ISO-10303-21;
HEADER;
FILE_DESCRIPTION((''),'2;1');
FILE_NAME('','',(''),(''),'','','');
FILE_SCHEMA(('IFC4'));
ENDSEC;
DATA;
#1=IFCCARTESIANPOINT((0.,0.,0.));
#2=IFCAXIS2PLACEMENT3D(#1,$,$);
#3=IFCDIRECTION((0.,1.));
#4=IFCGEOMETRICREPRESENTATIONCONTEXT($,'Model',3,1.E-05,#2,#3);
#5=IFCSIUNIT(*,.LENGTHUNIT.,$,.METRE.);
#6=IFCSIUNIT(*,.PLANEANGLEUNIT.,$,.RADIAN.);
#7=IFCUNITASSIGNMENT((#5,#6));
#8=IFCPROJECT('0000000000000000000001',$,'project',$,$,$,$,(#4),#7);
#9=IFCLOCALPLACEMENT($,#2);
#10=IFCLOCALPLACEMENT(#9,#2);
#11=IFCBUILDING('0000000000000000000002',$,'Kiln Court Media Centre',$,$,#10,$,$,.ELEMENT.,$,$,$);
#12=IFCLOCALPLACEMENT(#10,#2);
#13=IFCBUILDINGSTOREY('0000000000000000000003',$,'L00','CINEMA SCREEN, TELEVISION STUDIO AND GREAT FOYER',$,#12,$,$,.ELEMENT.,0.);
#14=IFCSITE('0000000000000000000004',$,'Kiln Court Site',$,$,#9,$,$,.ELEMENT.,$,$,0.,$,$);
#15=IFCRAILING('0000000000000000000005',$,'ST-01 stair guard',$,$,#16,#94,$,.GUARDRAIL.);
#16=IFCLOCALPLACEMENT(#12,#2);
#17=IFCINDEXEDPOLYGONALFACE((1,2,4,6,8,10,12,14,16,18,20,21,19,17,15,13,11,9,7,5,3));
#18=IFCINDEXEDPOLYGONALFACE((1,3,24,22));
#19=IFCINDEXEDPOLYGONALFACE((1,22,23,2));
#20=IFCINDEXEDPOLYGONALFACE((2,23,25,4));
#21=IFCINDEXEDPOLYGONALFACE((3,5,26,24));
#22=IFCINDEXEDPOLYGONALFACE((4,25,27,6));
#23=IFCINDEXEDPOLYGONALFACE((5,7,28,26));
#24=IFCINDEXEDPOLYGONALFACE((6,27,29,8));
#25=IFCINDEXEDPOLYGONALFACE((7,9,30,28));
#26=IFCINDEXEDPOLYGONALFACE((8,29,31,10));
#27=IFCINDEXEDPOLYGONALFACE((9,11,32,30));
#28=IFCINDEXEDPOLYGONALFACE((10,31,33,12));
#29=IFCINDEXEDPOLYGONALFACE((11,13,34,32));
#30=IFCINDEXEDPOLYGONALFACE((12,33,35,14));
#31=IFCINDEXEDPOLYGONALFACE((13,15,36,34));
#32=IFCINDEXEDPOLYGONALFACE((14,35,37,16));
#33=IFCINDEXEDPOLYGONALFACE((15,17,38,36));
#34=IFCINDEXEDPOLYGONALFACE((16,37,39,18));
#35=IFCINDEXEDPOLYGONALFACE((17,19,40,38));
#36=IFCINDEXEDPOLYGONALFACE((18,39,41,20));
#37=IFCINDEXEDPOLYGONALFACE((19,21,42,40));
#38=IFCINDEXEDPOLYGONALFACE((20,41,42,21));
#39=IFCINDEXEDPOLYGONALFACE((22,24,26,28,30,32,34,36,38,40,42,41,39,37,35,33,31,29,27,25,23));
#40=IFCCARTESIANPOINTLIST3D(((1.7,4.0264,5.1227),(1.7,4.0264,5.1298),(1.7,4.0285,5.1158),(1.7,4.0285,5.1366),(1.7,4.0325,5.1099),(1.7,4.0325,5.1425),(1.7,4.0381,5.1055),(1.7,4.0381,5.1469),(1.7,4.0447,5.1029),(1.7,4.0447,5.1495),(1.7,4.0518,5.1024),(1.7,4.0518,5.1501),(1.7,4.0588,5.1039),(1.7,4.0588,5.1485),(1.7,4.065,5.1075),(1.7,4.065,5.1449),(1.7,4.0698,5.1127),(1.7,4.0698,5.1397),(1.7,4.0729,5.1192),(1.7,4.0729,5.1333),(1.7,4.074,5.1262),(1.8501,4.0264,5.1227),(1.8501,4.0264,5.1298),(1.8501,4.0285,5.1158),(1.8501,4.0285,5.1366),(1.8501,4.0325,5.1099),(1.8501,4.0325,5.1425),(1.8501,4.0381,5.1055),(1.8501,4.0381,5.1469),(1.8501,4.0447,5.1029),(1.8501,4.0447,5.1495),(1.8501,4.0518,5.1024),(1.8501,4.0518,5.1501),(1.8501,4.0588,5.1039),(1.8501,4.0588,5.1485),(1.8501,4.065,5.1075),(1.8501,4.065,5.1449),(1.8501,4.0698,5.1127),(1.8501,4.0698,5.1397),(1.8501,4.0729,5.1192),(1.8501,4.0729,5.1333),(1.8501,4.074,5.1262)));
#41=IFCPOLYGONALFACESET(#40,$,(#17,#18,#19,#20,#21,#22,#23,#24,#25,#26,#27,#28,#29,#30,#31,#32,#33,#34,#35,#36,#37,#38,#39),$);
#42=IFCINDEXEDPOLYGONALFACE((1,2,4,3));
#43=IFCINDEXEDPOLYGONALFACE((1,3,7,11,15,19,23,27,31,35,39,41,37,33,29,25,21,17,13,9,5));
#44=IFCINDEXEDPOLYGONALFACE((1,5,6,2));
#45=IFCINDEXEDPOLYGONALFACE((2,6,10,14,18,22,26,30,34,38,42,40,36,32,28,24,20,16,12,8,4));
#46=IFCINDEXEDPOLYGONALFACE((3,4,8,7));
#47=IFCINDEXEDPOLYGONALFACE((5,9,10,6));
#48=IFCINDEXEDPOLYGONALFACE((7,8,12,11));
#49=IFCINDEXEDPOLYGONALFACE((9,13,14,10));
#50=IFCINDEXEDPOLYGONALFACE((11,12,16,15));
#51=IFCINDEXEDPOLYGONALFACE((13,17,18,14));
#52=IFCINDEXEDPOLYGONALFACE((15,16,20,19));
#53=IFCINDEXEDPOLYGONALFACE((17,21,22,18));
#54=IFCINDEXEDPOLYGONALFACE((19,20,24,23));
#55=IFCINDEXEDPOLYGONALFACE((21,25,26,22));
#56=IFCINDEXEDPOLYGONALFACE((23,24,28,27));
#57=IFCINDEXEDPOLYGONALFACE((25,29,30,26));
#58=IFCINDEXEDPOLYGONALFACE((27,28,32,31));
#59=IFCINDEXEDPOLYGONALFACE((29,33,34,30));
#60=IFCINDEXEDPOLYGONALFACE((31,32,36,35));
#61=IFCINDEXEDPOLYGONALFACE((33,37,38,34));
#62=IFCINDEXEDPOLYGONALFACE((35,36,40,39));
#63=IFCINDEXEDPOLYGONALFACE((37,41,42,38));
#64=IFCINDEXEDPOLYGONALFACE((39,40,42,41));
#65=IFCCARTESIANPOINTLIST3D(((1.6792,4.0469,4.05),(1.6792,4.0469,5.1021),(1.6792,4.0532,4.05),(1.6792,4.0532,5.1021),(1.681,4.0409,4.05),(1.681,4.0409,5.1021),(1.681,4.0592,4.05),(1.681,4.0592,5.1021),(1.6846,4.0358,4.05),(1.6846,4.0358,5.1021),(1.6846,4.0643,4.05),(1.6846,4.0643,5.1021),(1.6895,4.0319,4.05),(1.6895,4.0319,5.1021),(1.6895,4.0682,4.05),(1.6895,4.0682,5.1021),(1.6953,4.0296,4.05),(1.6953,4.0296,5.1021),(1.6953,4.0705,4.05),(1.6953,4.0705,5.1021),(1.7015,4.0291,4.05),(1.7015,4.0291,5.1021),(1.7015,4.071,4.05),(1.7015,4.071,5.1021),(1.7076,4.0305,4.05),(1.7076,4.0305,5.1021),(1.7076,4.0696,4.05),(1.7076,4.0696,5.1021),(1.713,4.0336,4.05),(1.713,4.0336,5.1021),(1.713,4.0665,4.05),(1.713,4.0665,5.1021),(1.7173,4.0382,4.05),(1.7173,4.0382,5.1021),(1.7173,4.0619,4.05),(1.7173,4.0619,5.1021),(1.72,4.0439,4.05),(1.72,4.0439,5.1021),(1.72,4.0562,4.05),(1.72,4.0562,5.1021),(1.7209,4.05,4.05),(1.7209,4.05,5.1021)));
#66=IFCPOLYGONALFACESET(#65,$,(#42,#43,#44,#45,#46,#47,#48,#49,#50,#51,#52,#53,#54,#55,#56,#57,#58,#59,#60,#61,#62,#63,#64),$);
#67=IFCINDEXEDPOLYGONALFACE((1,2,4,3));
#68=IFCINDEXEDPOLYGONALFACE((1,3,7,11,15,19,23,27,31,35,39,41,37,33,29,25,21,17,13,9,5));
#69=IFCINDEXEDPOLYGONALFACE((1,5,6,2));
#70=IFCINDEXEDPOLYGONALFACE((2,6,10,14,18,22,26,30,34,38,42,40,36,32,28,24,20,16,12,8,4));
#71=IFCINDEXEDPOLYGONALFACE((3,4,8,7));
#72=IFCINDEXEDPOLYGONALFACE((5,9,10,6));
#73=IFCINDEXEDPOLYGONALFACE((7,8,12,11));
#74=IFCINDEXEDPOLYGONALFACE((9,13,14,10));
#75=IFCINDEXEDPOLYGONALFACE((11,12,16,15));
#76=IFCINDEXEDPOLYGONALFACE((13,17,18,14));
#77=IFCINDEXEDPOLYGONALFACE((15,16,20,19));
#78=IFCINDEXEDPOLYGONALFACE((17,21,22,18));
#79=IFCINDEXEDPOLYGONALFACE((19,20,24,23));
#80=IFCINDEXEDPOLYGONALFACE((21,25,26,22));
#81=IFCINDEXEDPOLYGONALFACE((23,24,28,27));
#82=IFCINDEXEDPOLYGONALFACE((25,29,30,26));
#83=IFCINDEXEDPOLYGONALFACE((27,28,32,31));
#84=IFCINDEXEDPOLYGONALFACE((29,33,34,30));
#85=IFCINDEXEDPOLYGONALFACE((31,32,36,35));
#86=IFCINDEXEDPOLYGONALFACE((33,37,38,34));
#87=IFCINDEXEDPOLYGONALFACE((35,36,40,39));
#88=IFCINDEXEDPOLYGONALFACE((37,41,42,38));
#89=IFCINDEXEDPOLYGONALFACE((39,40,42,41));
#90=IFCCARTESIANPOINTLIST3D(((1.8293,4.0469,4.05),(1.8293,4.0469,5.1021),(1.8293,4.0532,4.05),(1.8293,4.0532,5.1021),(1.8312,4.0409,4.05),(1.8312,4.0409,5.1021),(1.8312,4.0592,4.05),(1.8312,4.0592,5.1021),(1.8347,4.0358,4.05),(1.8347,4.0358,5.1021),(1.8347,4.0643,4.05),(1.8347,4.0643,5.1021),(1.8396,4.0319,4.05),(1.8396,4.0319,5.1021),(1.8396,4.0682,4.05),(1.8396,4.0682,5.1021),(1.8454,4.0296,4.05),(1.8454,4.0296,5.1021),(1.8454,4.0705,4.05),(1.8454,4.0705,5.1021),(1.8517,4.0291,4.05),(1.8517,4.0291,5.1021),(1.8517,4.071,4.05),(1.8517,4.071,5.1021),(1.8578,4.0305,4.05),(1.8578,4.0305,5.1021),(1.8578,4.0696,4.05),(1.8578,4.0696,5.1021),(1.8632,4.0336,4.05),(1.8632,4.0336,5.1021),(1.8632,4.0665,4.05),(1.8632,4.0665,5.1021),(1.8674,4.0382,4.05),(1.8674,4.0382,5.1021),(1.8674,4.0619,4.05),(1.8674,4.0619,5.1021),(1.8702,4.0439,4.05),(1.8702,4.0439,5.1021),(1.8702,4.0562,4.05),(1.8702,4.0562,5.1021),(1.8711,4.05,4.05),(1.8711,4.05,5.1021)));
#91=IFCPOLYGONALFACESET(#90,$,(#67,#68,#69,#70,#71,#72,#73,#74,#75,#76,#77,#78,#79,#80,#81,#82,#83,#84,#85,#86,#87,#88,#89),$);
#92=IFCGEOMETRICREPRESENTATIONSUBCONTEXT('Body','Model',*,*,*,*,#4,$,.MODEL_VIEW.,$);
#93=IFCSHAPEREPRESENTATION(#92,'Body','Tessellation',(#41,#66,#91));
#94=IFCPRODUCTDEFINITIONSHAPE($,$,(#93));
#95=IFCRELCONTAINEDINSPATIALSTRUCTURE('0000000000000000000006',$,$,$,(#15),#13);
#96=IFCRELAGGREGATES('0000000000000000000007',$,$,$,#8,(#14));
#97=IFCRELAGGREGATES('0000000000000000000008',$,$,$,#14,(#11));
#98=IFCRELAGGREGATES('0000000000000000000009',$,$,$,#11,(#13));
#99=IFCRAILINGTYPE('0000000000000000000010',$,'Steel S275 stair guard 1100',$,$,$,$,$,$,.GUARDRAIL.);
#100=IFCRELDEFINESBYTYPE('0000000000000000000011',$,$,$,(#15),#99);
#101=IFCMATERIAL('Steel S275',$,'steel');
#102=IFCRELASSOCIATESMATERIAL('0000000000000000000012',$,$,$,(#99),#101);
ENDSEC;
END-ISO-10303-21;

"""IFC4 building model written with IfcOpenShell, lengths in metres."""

from ifc_helpers import new_model, si_unit, direction, frame, origin, origin_2d, place, context, subcontext, project, spatial, circle, extrude, material, type_object, element, save


model = new_model("IFC4")

# Units and contexts
model_context = context("Model", 3, precision=1e-05, world=origin(), true_north=direction((0.0, 1.0)))
body_context = subcontext(model_context, "Body", "Model", "MODEL_VIEW")
ifc_project = project(units=[si_unit("LENGTHUNIT", "METRE"), si_unit("PLANEANGLEUNIT", "RADIAN")], contexts=[model_context])

# Site, building, storey
site_placement = place(None, origin())
site = spatial("IfcSite", under=ifc_project, at=site_placement, Name="Kiln Court Site", CompositionType="ELEMENT", RefElevation=0.0)
building_placement = place(site_placement, origin())
building = spatial("IfcBuilding", under=site, at=building_placement, Name="Kiln Court Media Centre", CompositionType="ELEMENT")
storey_placement = place(building_placement, origin())
storey = spatial("IfcBuildingStorey", under=building, at=storey_placement, Name="L00", Description="CINEMA SCREEN, TELEVISION STUDIO AND GREAT FOYER", CompositionType="ELEMENT", Elevation=0.0)

# Railing
ifc_material_1 = material(Name="Steel S275", Category="steel")
railing_type_1 = type_object("IfcRailingType", Name="Steel S275 stair guard 1100", PredefinedType="GUARDRAIL", material=ifc_material_1)
railing_1_placement = place(storey_placement, frame((1.7, 4.05, 4.05)))
element("IfcRailing", 1, at=railing_1_placement, inside=storey, type_object=railing_type_1, Name="ST-01 stair guard", PredefinedType="GUARDRAIL", context=body_context, shape_type="SweptSolid", body=[
    extrude(circle(Radius=0.0239, at=origin_2d()), frame((0.0, 0.0, 1.0762), z_axis=(1.0, 0.0, 0.0), x_axis=(0.0, 1.0, 0.0)), (0.0, 0.0, 1.0), 0.1501),
    extrude(circle(Radius=0.021, at=origin_2d()), origin(), (0.0, 0.0, 1.0), 1.052),
    extrude(circle(Radius=0.021, at=origin_2d()), frame((0.1501, 0.0, 0.0)), (0.0, 0.0, 1.0), 1.052),
])

save(model, "model.ifc")
